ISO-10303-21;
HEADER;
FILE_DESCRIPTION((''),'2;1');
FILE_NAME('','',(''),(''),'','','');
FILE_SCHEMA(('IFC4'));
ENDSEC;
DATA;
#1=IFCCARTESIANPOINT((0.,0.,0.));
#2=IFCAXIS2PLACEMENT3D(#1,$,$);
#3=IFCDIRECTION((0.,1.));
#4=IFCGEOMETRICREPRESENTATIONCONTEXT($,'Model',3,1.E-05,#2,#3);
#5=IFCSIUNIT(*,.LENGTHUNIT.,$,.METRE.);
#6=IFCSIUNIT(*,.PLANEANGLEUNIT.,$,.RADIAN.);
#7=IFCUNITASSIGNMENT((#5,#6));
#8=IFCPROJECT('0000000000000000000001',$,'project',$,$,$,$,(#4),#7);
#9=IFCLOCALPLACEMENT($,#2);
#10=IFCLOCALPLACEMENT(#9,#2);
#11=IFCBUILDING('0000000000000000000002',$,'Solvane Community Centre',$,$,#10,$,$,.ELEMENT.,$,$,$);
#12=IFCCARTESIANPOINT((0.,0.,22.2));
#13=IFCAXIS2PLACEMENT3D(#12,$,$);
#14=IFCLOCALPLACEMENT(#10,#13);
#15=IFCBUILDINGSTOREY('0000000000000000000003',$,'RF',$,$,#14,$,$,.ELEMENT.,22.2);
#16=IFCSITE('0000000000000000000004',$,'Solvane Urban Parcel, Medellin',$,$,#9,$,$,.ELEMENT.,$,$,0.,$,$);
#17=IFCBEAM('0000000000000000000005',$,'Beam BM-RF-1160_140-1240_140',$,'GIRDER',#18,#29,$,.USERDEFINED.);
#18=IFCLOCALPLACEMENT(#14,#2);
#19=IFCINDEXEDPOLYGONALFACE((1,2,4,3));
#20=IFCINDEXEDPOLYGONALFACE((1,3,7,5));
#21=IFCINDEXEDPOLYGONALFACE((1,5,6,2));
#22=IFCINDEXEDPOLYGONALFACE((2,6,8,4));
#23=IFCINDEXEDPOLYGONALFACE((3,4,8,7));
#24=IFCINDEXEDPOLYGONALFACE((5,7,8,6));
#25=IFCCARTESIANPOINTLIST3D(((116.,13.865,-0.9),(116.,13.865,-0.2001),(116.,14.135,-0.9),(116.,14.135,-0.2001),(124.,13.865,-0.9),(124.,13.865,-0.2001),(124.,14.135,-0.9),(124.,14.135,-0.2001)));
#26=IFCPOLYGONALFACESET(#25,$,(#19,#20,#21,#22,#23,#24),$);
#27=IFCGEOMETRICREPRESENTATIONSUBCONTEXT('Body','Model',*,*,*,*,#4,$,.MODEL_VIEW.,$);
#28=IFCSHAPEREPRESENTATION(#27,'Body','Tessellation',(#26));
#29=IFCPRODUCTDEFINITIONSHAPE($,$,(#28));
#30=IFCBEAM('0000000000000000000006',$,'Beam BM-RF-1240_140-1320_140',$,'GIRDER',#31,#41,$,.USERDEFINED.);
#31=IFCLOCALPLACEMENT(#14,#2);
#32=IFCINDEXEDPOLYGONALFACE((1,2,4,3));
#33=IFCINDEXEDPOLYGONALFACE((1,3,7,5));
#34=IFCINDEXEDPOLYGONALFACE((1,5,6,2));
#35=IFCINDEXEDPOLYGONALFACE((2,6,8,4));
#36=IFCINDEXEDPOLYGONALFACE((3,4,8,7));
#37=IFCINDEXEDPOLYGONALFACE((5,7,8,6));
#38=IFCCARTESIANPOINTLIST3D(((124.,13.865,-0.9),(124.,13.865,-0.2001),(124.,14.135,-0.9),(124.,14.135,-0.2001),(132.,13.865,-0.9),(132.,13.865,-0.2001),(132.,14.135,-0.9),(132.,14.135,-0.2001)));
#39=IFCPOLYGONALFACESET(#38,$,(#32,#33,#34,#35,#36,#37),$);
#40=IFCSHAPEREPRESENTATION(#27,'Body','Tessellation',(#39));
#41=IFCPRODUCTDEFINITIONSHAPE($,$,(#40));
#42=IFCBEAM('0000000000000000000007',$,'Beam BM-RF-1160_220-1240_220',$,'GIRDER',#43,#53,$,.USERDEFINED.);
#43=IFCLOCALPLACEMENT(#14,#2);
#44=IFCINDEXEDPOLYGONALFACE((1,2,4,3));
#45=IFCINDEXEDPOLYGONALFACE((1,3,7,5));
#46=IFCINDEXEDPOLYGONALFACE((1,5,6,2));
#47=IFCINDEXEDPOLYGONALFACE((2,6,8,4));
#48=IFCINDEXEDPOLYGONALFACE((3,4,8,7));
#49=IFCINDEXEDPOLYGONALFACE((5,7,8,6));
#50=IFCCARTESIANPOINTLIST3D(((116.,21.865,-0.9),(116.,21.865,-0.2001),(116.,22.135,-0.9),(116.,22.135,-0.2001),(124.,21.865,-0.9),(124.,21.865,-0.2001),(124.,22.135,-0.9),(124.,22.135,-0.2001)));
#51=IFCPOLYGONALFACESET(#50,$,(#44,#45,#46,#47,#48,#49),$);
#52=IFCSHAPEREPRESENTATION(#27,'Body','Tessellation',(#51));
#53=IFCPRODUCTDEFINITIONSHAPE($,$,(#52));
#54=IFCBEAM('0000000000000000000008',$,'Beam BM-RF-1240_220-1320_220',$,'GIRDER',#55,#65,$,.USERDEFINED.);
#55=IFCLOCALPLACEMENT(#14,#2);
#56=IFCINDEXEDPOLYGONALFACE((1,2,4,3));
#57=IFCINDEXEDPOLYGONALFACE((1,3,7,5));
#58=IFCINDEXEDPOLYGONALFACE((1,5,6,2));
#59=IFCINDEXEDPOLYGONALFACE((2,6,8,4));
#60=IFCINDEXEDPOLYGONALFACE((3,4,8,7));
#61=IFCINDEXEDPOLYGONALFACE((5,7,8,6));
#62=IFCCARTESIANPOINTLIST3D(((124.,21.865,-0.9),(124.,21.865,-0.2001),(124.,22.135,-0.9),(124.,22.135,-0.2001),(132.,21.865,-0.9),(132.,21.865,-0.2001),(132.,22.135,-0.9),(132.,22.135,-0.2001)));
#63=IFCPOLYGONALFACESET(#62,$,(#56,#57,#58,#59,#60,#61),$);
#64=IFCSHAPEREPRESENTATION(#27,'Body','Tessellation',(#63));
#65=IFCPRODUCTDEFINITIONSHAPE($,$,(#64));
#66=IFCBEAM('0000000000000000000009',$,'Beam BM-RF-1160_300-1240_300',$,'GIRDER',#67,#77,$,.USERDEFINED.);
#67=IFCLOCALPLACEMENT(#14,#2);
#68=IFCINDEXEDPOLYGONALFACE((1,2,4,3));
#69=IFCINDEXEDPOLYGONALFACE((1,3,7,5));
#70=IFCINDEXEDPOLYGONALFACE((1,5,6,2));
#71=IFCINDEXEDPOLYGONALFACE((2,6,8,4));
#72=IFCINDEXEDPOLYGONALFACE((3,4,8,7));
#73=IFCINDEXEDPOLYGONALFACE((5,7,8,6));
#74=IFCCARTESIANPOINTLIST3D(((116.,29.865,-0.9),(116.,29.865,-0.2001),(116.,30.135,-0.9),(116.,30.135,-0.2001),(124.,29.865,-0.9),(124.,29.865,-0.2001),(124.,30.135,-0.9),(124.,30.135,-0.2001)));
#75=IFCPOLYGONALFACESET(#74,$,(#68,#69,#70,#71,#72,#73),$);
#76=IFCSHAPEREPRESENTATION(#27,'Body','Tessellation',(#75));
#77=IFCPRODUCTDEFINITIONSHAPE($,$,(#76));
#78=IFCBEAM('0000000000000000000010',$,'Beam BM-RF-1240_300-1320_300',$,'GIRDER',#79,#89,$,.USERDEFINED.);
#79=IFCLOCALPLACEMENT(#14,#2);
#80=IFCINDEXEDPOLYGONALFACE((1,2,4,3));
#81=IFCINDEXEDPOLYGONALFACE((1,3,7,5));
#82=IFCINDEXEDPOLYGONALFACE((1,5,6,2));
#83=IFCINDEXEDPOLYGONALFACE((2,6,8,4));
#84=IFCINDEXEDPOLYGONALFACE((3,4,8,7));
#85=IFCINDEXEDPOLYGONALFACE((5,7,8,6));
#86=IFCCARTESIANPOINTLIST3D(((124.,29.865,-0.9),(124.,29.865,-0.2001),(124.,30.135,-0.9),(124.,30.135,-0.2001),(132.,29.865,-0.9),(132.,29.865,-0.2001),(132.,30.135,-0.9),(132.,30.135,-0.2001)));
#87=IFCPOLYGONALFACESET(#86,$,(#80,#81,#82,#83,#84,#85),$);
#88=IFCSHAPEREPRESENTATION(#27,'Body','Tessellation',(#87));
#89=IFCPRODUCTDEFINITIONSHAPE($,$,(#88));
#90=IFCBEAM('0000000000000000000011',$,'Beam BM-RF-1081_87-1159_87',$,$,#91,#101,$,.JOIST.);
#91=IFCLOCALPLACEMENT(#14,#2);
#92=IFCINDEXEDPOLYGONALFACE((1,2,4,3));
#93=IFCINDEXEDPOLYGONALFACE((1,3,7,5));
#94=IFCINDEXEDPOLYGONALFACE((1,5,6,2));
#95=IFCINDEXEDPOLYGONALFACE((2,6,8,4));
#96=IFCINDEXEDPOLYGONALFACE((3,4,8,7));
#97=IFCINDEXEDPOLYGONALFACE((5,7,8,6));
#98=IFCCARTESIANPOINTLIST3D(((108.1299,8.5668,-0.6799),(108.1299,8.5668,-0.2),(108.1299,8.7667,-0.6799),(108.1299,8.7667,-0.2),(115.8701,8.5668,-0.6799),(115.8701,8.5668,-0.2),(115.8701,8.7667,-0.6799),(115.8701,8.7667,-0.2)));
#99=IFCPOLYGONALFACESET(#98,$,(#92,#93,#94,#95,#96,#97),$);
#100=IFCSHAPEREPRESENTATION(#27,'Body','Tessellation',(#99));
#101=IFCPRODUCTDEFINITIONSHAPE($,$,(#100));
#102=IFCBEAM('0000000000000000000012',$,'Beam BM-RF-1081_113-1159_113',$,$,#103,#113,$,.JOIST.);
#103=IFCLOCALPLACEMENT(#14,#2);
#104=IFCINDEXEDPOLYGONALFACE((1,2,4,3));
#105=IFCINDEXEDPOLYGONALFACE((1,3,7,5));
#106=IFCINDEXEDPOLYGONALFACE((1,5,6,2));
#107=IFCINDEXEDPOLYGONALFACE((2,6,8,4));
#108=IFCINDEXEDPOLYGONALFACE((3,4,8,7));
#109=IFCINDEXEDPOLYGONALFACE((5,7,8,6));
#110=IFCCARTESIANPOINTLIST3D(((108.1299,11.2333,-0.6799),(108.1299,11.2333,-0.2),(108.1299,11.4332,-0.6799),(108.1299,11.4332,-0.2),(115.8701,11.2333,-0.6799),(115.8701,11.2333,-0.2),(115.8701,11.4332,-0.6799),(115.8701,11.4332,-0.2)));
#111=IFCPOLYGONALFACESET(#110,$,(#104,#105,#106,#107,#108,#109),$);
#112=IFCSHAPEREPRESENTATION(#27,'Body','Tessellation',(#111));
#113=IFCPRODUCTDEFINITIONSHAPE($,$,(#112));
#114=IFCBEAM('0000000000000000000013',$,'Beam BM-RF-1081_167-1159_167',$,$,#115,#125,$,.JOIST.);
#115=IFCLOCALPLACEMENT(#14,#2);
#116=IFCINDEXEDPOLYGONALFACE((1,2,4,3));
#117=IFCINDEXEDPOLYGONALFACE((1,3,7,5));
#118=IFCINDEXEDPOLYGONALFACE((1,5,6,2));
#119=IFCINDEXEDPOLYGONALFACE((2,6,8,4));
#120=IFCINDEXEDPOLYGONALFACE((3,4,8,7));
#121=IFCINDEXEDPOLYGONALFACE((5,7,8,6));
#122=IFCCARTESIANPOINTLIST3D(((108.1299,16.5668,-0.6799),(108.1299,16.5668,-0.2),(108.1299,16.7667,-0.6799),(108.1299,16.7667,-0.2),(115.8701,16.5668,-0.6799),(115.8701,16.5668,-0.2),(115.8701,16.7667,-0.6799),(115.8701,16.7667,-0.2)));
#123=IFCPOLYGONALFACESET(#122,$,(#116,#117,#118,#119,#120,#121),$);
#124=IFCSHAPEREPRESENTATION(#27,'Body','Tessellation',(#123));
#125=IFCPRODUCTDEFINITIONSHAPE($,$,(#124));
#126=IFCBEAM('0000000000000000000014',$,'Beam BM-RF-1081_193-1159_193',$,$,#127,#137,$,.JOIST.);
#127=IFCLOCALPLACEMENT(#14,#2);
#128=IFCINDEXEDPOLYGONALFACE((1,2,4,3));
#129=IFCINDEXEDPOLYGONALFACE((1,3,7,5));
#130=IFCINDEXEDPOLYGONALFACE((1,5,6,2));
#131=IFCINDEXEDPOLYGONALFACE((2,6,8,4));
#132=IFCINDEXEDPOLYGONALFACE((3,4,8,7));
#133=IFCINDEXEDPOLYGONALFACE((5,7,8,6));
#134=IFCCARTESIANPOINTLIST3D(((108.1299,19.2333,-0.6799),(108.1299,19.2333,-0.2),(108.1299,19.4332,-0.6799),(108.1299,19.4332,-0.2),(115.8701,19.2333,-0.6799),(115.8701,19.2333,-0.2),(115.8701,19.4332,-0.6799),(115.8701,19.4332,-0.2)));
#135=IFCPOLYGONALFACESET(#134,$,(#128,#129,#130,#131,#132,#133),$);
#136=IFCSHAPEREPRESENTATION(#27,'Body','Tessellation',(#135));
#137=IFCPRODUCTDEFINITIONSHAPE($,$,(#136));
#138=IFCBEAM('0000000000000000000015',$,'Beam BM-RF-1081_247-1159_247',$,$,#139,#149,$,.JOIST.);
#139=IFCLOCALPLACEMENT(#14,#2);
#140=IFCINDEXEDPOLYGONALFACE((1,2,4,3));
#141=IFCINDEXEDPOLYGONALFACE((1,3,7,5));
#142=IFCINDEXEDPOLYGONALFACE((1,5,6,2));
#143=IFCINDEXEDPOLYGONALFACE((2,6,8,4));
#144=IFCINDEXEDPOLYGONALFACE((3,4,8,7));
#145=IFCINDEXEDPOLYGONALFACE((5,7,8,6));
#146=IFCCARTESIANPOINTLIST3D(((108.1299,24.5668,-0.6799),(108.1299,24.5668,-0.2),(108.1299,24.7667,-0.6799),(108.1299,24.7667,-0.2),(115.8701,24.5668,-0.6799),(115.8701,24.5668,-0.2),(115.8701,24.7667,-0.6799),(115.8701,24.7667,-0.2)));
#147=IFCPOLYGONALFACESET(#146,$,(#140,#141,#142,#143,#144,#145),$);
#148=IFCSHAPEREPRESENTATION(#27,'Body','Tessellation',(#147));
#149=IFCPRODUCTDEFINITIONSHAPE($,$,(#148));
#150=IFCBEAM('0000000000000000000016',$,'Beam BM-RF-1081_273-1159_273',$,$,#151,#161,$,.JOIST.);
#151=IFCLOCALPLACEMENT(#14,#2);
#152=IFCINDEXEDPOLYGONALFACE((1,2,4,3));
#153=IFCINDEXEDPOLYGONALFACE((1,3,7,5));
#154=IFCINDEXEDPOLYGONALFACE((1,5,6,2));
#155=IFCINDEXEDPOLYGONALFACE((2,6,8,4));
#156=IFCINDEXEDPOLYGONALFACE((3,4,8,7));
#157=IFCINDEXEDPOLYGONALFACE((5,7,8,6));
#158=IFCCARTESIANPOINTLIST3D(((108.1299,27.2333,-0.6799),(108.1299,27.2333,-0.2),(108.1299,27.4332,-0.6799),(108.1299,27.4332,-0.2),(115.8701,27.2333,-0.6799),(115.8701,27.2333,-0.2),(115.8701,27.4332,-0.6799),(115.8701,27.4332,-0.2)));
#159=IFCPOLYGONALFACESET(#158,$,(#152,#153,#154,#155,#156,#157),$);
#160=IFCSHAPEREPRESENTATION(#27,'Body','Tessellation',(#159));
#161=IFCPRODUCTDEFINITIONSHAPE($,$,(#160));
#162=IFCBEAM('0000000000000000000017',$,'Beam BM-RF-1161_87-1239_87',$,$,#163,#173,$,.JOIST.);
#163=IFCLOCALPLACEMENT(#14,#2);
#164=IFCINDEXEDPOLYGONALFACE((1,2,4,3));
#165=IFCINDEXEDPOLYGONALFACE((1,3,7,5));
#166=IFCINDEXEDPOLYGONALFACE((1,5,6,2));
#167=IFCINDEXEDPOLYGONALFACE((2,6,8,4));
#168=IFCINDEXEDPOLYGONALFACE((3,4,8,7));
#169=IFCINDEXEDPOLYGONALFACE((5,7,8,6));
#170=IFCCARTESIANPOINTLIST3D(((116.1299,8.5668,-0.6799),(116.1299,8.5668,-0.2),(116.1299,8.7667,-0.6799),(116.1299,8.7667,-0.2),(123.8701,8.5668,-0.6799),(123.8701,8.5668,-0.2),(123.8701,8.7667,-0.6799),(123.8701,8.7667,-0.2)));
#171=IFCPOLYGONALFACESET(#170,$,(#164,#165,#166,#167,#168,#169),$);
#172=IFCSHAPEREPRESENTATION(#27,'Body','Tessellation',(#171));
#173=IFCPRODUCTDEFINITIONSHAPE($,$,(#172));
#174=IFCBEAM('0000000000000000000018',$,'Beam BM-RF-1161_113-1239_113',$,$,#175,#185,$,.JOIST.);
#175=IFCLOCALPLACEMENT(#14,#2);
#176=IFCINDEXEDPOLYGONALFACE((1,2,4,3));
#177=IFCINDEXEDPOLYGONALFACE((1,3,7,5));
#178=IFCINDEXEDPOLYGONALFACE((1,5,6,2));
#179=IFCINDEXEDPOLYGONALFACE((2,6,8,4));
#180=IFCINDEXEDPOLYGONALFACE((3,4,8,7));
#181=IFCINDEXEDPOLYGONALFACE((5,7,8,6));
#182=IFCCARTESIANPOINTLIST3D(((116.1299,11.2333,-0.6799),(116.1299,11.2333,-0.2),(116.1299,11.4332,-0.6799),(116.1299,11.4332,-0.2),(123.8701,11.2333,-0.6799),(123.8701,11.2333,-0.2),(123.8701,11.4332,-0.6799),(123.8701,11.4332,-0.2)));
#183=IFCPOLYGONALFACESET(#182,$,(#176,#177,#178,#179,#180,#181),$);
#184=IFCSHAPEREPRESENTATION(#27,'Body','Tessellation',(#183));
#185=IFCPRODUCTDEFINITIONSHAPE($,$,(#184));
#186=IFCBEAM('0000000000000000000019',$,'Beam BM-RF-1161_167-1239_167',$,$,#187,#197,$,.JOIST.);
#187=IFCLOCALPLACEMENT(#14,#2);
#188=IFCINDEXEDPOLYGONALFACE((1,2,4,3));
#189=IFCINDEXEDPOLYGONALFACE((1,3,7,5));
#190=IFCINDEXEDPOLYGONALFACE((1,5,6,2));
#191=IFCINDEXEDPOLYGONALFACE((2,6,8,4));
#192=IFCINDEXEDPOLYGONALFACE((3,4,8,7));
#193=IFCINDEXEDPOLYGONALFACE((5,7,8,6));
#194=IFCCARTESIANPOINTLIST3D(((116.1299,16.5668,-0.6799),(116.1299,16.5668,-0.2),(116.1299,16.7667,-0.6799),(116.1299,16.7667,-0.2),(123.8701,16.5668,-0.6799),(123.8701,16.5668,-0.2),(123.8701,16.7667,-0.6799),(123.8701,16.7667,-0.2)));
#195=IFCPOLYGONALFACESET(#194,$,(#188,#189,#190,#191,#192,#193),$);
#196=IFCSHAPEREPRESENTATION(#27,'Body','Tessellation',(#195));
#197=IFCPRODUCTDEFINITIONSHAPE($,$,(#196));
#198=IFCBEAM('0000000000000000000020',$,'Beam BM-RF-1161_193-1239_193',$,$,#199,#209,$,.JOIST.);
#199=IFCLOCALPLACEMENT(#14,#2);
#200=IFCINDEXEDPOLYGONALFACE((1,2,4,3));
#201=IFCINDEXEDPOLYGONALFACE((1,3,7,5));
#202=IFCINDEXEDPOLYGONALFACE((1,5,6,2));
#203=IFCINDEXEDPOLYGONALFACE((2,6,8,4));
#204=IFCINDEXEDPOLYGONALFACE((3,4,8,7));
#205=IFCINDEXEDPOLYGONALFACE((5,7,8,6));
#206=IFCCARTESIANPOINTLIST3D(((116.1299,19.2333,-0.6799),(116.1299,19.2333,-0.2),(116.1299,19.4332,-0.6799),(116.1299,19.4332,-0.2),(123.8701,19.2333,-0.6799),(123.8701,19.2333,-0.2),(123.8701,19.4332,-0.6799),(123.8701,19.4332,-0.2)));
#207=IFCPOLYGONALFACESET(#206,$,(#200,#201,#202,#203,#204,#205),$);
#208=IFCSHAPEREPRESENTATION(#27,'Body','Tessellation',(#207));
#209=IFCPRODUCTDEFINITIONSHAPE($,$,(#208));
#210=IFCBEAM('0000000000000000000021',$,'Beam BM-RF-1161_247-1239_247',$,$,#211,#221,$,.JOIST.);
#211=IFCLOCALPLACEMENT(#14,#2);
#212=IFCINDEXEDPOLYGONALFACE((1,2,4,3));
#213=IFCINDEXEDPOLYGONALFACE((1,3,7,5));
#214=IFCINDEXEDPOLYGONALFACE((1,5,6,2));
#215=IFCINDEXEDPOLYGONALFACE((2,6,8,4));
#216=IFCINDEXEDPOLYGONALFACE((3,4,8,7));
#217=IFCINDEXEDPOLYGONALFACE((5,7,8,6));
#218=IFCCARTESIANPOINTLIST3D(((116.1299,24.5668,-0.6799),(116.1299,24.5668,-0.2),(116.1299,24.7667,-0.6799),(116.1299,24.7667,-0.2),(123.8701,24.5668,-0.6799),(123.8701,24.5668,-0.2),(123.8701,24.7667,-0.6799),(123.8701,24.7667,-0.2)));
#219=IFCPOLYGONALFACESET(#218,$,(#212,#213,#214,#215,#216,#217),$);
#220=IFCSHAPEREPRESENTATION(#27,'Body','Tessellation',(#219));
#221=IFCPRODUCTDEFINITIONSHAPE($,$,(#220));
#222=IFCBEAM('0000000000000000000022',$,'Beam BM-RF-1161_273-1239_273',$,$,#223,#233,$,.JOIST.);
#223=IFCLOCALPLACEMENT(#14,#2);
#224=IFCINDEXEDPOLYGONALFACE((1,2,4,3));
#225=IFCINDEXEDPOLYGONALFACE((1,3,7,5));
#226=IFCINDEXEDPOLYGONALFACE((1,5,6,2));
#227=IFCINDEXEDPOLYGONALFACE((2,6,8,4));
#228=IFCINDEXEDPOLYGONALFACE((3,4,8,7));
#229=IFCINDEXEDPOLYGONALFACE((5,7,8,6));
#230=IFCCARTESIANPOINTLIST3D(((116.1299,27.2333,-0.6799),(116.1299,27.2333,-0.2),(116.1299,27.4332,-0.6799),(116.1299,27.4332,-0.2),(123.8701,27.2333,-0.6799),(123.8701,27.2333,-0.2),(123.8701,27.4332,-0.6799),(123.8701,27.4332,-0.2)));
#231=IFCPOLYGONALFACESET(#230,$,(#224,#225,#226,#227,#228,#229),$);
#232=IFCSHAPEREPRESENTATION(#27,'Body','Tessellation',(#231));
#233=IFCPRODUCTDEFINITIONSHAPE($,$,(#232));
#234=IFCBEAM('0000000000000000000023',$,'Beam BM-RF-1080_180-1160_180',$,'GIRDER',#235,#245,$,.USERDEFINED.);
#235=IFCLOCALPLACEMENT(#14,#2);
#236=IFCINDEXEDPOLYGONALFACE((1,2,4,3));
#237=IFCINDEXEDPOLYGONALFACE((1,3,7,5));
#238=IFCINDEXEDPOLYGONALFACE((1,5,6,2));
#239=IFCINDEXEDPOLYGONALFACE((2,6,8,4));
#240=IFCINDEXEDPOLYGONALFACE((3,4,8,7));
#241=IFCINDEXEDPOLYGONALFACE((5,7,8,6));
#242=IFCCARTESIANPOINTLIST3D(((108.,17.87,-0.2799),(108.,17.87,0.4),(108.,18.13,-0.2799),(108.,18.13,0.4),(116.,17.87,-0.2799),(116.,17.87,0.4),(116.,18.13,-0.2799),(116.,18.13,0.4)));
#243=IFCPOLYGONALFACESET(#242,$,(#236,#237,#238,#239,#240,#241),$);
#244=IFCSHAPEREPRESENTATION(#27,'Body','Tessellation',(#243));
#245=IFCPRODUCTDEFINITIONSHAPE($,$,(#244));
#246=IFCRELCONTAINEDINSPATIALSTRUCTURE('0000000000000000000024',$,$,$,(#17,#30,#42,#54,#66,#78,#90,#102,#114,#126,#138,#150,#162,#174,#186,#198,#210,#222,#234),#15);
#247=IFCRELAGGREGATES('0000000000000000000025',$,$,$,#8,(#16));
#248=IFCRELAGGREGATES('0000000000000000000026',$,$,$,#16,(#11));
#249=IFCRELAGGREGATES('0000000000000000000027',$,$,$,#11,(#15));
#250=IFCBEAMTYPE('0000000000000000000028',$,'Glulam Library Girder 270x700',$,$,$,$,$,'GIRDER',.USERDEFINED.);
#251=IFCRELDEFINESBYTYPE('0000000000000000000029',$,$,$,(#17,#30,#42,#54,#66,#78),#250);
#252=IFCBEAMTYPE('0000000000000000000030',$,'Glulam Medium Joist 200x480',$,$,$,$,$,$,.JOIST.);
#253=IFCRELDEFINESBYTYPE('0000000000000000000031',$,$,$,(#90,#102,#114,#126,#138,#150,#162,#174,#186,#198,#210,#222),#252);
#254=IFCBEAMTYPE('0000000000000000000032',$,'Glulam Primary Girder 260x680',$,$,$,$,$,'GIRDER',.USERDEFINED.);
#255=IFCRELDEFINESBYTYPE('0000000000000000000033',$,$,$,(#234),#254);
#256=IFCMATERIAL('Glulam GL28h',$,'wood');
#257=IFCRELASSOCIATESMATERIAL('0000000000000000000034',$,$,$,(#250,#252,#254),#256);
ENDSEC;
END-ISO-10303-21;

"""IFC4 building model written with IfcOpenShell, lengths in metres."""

from ifc_helpers import new_model, si_unit, direction, frame, origin, origin_2d, place, context, subcontext, project, spatial, rectangle, extrude, material, material_profile, profile_set, type_object, element, save


model = new_model("IFC4")

# Units and contexts
model_context = context("Model", 3, precision=1e-05, world=origin(), true_north=direction((0.0, 1.0)))
body_context = subcontext(model_context, "Body", "Model", "MODEL_VIEW")
ifc_project = project(units=[si_unit("LENGTHUNIT", "METRE"), si_unit("PLANEANGLEUNIT", "RADIAN")], contexts=[model_context])

# Site, building, storey
site_placement = place(None, origin())
site = spatial("IfcSite", under=ifc_project, at=site_placement, Name="Solvane Urban Parcel, Medellin", CompositionType="ELEMENT", RefElevation=0.0)
building_placement = place(site_placement, origin())
building = spatial("IfcBuilding", under=site, at=building_placement, Name="Solvane Community Centre", CompositionType="ELEMENT")
storey_placement = place(building_placement, frame((0.0, 0.0, 22.2)))
storey = spatial("IfcBuildingStorey", under=building, at=storey_placement, Name="RF", CompositionType="ELEMENT", Elevation=22.2)

# Beams
ifc_material_1 = material(Name="Glulam GL28h", Category="wood")
ifc_material_profile_1 = material_profile(ifc_material_1, rectangle(XDim=0.27, YDim=0.7, at=origin_2d()), Name="GL28h 270x700")
ifc_profile_set_1 = profile_set([ifc_material_profile_1], Name="Glulam GL28h")
beam_type_1 = type_object("IfcBeamType", Name="Glulam Library Girder 270x700", ElementType="GIRDER", PredefinedType="USERDEFINED", material=ifc_profile_set_1)
for number, where, z_axis, x_axis, name in (
    (1, (116.0, 14.0, -0.55), (1.0, 0.0, 0.0), (0.0, 1.0, 0.0), "Beam BM-RF-1160_140-1240_140"),
    (2, (124.0, 14.0, -0.55), (1.0, 0.0, 0.0), (0.0, 1.0, 0.0), "Beam BM-RF-1240_140-1320_140"),
    (3, (116.0, 22.0, -0.55), (1.0, 0.0, 0.0), (0.0, 1.0, 0.0), "Beam BM-RF-1160_220-1240_220"),
    (4, (124.0, 22.0, -0.55), (1.0, 0.0, 0.0), (0.0, 1.0, 0.0), "Beam BM-RF-1240_220-1320_220"),
    (5, (116.0, 30.0, -0.55), (1.0, 0.0, 0.0), (0.0, 1.0, 0.0), "Beam BM-RF-1160_300-1240_300"),
    (6, (124.0, 30.0, -0.55), (1.0, 0.0, 0.0), (0.0, 1.0, 0.0), "Beam BM-RF-1240_300-1320_300"),
):
    element("IfcBeam", number, at=place(storey_placement, frame(where, z_axis=z_axis, x_axis=x_axis)), inside=storey, type_object=beam_type_1, Name=name, ObjectType="GIRDER", PredefinedType="USERDEFINED", context=body_context, shape_type="SweptSolid", body=[
        extrude(rectangle(XDim=0.27, YDim=0.7, at=origin_2d()), origin(), (0.0, 0.0, 1.0), 8.0),
    ])
ifc_material_profile_2 = material_profile(ifc_material_1, rectangle(XDim=0.2, YDim=0.48, at=origin_2d()), Name="GL28h 200x480")
ifc_profile_set_2 = profile_set([ifc_material_profile_2], Name="Glulam GL28h")
beam_type_2 = type_object("IfcBeamType", Name="Glulam Medium Joist 200x480", PredefinedType="JOIST", material=ifc_profile_set_2)
for number, where, z_axis, x_axis, name in (
    (7, (108.1299, 8.6667, -0.4399), (1.0, 0.0, 0.0), (0.0, 1.0, 0.0), "Beam BM-RF-1081_87-1159_87"),
    (8, (108.1299, 11.3333, -0.4399), (1.0, 0.0, 0.0), (0.0, 1.0, 0.0), "Beam BM-RF-1081_113-1159_113"),
    (9, (108.1299, 16.6667, -0.4399), (1.0, 0.0, 0.0), (0.0, 1.0, 0.0), "Beam BM-RF-1081_167-1159_167"),
    (10, (108.1299, 19.3333, -0.4399), (1.0, 0.0, 0.0), (0.0, 1.0, 0.0), "Beam BM-RF-1081_193-1159_193"),
    (11, (108.1299, 24.6667, -0.4399), (1.0, 0.0, 0.0), (0.0, 1.0, 0.0), "Beam BM-RF-1081_247-1159_247"),
    (12, (108.1299, 27.3333, -0.4399), (1.0, 0.0, 0.0), (0.0, 1.0, 0.0), "Beam BM-RF-1081_273-1159_273"),
    (13, (116.1299, 8.6667, -0.4399), (1.0, 0.0, 0.0), (0.0, 1.0, 0.0), "Beam BM-RF-1161_87-1239_87"),
    (14, (116.1299, 11.3333, -0.4399), (1.0, 0.0, 0.0), (0.0, 1.0, 0.0), "Beam BM-RF-1161_113-1239_113"),
    (15, (116.1299, 16.6667, -0.4399), (1.0, 0.0, 0.0), (0.0, 1.0, 0.0), "Beam BM-RF-1161_167-1239_167"),
    (16, (116.1299, 19.3333, -0.4399), (1.0, 0.0, 0.0), (0.0, 1.0, 0.0), "Beam BM-RF-1161_193-1239_193"),
    (17, (116.1299, 24.6667, -0.4399), (1.0, 0.0, 0.0), (0.0, 1.0, 0.0), "Beam BM-RF-1161_247-1239_247"),
    (18, (116.1299, 27.3333, -0.4399), (1.0, 0.0, 0.0), (0.0, 1.0, 0.0), "Beam BM-RF-1161_273-1239_273"),
):
    element("IfcBeam", number, at=place(storey_placement, frame(where, z_axis=z_axis, x_axis=x_axis)), inside=storey, type_object=beam_type_2, Name=name, PredefinedType="JOIST", context=body_context, shape_type="SweptSolid", body=[
        extrude(rectangle(XDim=0.2, YDim=0.48, at=origin_2d()), origin(), (0.0, 0.0, 1.0), 7.7402),
    ])
ifc_material_profile_3 = material_profile(ifc_material_1, rectangle(XDim=0.26, YDim=0.6799, at=origin_2d()), Name="GL28h 260x680")
ifc_profile_set_3 = profile_set([ifc_material_profile_3], Name="Glulam GL28h")
beam_type_3 = type_object("IfcBeamType", Name="Glulam Primary Girder 260x680", ElementType="GIRDER", PredefinedType="USERDEFINED", material=ifc_profile_set_3)
for number, where, z_axis, x_axis, name in (
    (19, (108.0, 18.0, 0.0601), (1.0, 0.0, 0.0), (0.0, 1.0, 0.0), "Beam BM-RF-1080_180-1160_180"),
):
    element("IfcBeam", number, at=place(storey_placement, frame(where, z_axis=z_axis, x_axis=x_axis)), inside=storey, type_object=beam_type_3, Name=name, ObjectType="GIRDER", PredefinedType="USERDEFINED", context=body_context, shape_type="SweptSolid", body=[
        extrude(rectangle(XDim=0.26, YDim=0.6799, at=origin_2d()), origin(), (0.0, 0.0, 1.0), 8.0),
    ])

save(model, "model.ifc")
